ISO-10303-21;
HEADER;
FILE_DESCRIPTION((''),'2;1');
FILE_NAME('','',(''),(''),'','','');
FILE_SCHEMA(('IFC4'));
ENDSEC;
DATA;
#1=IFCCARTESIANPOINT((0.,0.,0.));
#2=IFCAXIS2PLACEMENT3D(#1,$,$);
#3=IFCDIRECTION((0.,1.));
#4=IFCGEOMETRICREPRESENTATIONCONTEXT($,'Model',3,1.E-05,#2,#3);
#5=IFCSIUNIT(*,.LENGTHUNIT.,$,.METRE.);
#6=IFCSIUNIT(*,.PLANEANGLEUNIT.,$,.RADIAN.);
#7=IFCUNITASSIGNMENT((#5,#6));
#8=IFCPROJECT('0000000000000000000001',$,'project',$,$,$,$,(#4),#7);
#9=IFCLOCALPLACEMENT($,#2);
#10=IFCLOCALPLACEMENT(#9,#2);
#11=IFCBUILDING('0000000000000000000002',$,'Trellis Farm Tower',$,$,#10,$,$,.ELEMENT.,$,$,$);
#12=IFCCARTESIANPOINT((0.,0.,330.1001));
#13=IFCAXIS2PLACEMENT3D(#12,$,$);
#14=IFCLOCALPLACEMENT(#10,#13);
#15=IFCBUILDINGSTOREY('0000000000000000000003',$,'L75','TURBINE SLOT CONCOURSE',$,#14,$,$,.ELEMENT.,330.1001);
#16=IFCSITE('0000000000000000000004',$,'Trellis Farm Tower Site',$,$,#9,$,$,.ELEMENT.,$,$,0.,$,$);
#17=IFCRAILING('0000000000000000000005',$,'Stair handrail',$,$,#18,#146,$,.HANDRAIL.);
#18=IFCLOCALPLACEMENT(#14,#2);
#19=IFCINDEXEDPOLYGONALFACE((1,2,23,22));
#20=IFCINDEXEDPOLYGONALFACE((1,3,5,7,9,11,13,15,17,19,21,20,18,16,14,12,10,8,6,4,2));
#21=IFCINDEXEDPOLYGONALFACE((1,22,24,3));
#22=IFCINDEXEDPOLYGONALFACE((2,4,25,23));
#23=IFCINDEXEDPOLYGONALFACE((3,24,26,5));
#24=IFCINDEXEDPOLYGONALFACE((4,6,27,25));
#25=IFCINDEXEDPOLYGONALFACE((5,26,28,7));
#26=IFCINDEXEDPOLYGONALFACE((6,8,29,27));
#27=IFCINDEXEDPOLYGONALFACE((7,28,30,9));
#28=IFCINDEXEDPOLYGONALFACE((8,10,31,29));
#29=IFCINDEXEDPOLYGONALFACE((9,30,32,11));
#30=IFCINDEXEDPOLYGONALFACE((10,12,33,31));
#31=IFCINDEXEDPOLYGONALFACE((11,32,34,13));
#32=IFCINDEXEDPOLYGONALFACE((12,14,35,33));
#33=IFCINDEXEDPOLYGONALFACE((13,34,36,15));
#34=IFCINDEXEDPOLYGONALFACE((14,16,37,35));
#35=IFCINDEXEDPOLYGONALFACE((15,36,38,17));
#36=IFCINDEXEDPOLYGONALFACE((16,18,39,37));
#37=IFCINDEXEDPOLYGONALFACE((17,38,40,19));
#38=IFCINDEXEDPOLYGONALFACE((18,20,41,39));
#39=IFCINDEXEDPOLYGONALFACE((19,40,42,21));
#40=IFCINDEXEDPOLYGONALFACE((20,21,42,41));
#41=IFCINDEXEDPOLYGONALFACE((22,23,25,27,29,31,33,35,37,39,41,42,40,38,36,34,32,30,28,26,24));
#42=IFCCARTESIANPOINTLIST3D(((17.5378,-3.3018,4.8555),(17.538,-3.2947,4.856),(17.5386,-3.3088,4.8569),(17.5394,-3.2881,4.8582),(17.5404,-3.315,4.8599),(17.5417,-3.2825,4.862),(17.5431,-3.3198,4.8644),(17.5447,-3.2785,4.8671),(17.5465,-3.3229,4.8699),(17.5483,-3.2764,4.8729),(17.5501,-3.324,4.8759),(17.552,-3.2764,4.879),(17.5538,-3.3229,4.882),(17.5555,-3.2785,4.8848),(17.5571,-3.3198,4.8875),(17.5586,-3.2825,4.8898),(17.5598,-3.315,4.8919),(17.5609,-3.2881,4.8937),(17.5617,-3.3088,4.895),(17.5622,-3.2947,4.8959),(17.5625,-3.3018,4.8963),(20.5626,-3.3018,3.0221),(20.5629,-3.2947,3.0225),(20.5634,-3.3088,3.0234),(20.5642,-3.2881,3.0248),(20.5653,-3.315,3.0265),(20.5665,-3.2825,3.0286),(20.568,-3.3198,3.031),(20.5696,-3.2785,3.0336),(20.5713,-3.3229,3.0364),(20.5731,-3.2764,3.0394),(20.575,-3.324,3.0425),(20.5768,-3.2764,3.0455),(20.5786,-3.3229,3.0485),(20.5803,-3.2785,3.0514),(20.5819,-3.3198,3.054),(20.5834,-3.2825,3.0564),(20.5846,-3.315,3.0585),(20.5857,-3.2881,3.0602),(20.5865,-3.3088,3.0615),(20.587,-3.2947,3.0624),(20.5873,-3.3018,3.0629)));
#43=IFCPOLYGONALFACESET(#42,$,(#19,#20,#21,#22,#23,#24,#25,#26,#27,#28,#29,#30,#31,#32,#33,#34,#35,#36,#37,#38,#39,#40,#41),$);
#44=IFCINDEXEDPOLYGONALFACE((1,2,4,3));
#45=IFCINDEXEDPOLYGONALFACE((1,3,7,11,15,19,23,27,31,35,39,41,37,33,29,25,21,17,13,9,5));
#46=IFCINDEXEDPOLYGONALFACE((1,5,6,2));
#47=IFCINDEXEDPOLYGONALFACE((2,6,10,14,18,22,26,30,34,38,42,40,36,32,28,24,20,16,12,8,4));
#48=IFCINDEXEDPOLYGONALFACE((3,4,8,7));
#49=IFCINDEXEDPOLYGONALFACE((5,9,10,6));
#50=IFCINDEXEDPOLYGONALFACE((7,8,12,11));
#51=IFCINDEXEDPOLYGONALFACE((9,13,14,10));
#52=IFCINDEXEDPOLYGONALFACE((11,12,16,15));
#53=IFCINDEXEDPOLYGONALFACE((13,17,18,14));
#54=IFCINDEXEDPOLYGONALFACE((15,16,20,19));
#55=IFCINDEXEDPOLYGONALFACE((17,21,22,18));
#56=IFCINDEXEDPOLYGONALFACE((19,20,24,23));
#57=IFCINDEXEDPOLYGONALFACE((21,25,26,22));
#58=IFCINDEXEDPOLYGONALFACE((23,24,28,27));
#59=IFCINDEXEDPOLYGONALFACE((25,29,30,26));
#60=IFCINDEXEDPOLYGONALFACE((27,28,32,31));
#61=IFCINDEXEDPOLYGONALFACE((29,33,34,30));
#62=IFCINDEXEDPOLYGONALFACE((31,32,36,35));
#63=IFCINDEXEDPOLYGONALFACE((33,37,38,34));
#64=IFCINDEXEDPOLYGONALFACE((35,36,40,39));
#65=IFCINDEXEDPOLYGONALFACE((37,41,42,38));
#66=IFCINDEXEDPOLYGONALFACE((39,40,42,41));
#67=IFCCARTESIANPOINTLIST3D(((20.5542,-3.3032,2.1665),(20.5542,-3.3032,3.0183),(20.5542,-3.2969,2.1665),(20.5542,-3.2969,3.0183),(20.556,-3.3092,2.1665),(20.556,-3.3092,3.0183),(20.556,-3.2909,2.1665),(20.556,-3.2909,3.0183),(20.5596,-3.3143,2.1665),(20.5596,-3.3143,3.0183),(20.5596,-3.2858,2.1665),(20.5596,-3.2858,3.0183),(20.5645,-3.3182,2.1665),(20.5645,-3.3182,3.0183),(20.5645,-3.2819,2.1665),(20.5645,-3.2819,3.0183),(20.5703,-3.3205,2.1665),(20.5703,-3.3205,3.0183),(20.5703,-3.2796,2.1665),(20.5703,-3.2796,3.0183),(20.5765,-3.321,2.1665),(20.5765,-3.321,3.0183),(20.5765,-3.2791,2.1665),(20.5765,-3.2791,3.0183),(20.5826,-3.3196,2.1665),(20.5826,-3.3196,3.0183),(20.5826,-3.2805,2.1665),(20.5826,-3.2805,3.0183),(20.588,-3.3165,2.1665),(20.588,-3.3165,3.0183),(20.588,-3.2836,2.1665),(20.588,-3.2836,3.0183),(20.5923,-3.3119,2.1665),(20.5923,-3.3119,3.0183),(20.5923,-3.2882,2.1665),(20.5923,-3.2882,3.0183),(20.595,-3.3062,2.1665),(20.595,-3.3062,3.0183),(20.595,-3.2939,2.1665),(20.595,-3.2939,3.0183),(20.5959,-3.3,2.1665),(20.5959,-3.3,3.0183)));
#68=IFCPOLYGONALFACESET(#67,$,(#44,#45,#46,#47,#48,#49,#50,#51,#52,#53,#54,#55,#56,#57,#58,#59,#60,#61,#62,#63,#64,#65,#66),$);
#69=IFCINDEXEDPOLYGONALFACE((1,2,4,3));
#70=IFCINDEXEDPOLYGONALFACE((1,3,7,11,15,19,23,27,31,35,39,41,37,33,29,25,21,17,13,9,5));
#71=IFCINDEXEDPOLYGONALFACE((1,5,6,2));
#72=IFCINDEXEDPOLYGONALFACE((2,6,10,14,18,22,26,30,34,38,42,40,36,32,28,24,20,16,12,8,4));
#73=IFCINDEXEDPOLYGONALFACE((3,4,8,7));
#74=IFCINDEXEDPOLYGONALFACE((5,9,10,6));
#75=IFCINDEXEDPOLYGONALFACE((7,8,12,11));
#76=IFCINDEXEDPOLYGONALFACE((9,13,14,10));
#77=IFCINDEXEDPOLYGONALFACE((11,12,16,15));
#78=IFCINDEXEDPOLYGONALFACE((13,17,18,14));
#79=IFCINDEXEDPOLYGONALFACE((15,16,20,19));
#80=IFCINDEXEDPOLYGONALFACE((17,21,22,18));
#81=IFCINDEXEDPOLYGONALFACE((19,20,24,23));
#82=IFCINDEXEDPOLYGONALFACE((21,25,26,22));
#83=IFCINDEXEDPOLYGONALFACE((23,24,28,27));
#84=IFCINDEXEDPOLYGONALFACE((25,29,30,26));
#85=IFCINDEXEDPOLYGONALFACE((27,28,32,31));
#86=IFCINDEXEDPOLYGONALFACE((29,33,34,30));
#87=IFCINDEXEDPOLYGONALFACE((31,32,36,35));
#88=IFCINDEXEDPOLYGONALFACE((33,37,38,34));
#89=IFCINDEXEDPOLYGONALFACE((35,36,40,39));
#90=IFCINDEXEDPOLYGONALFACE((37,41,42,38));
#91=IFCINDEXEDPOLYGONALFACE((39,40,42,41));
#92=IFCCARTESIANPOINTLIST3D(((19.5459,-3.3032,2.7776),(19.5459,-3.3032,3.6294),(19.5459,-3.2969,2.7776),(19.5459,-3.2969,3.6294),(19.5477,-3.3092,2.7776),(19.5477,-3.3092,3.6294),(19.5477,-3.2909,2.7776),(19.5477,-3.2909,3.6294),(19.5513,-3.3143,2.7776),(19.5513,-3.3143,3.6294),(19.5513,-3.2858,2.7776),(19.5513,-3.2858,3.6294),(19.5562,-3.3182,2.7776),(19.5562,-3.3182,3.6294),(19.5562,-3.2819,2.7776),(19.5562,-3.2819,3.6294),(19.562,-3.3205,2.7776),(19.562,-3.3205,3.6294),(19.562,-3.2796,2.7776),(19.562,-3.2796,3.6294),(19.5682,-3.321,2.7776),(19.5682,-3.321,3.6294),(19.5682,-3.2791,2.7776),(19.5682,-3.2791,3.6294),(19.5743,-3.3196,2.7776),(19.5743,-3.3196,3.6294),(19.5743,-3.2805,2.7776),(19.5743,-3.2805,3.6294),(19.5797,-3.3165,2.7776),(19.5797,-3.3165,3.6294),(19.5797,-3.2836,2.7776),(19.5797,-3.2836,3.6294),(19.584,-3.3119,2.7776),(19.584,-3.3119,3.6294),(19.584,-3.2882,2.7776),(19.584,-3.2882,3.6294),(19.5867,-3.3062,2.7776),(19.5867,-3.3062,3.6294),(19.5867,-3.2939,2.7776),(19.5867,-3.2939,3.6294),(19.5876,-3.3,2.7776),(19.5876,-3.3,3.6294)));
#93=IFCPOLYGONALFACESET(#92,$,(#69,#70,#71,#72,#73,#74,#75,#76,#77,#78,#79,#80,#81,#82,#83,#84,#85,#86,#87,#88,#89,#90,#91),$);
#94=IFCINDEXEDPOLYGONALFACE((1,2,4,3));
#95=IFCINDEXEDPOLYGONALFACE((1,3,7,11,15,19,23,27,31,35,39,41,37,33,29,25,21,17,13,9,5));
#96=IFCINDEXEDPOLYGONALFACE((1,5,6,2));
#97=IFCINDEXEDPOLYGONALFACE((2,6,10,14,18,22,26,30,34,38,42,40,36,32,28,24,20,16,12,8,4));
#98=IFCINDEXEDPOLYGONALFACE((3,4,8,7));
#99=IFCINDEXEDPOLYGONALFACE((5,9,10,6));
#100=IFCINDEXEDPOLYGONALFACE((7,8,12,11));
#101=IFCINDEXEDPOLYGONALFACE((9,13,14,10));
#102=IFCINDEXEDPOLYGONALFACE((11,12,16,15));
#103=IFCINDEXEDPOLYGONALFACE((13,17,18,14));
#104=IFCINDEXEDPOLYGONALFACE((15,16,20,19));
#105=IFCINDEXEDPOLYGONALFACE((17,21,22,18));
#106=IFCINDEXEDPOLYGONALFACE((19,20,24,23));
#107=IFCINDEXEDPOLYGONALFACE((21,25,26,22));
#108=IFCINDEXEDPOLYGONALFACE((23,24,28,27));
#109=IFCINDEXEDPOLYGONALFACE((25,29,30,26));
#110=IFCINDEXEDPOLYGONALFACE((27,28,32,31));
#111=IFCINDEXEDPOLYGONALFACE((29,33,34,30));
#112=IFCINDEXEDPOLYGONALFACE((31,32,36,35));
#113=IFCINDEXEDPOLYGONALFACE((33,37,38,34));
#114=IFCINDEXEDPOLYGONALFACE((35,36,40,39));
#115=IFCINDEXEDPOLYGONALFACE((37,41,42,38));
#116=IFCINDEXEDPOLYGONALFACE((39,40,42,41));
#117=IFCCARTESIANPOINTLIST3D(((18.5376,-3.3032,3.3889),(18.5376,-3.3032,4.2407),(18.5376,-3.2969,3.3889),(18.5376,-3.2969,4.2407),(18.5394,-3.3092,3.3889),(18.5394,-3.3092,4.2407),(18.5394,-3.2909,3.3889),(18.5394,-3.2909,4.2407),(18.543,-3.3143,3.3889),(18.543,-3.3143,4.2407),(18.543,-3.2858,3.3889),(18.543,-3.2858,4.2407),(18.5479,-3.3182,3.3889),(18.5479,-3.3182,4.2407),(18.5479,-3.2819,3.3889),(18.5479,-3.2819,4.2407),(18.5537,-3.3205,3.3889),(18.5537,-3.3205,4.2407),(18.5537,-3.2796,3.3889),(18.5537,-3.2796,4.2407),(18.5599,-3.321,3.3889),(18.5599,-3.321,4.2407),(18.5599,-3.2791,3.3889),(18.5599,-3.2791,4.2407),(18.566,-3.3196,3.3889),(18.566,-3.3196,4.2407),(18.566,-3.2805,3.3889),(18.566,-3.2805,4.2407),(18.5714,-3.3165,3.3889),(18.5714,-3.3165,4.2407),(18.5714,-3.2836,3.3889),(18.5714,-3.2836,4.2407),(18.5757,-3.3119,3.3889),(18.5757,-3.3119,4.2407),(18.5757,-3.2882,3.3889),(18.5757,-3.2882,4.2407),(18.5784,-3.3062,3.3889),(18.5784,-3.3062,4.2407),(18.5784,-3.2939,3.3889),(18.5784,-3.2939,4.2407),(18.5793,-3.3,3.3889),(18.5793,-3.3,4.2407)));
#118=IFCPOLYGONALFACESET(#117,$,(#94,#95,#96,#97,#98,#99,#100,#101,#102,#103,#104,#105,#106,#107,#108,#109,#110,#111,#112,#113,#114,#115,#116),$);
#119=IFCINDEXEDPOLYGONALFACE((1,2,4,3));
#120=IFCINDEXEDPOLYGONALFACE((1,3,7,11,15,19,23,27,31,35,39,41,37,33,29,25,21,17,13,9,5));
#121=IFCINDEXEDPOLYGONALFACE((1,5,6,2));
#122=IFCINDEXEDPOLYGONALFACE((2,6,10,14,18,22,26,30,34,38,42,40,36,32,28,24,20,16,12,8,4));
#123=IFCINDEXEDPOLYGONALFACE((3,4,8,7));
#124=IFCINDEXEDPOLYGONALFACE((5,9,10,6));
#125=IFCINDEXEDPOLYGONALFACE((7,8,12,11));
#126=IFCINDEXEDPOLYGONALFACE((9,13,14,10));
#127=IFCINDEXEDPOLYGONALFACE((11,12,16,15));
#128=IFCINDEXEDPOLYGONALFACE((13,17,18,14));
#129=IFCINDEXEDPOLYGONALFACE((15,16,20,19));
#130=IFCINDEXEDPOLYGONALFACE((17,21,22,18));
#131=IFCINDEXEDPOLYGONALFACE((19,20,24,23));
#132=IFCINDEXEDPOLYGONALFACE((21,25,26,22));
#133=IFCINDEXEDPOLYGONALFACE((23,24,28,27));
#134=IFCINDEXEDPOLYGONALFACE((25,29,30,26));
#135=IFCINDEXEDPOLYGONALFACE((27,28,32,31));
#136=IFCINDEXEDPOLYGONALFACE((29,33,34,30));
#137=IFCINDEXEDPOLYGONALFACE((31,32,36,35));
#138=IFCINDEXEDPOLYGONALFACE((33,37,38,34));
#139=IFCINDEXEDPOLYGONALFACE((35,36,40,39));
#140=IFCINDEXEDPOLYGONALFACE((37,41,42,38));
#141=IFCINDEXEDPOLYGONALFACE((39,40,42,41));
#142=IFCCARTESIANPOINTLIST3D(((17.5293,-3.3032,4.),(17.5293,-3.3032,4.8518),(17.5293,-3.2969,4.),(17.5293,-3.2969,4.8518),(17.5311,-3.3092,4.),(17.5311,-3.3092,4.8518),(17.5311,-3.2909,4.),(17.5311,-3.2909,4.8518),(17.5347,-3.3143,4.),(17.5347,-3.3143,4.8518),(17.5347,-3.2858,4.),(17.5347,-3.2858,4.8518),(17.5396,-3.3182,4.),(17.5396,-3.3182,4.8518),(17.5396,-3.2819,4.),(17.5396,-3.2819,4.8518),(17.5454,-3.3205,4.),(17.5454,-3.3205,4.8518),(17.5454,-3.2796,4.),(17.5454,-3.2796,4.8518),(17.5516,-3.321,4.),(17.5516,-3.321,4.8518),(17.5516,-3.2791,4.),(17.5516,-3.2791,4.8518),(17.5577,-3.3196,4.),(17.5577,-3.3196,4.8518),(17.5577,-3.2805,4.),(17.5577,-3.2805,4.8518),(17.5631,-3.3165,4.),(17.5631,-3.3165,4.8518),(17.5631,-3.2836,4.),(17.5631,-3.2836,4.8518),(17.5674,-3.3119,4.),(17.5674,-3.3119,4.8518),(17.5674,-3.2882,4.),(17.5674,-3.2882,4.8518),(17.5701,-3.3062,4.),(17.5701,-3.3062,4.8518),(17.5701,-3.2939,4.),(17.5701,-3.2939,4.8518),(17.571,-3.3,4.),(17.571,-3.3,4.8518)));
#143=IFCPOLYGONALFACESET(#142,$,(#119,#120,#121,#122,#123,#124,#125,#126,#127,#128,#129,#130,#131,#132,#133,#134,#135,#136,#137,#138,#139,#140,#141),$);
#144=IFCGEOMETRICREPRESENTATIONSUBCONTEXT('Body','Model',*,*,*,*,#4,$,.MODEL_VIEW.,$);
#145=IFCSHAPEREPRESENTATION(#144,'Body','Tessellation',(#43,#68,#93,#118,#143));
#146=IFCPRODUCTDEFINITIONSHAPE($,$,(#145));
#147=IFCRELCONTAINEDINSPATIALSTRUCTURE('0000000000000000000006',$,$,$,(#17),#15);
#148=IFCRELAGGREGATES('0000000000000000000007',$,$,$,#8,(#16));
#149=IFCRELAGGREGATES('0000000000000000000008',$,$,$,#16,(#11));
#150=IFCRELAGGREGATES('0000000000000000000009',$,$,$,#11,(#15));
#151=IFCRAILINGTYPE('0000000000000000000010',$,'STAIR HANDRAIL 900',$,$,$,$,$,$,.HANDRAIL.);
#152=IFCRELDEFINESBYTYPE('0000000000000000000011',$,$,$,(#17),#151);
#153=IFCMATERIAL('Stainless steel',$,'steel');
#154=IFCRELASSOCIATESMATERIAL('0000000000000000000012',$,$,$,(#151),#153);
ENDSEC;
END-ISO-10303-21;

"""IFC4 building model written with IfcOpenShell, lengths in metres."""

from ifc_helpers import new_model, si_unit, direction, frame, origin, origin_2d, place, context, subcontext, project, spatial, circle, extrude, source, transform, mapped, material, type_object, element, save


model = new_model("IFC4")

# Units and contexts
model_context = context("Model", 3, precision=1e-05, world=origin(), true_north=direction((0.0, 1.0)))
body_context = subcontext(model_context, "Body", "Model", "MODEL_VIEW")
ifc_project = project(units=[si_unit("LENGTHUNIT", "METRE"), si_unit("PLANEANGLEUNIT", "RADIAN")], contexts=[model_context])

# Site, building, storey
site_placement = place(None, origin())
site = spatial("IfcSite", under=ifc_project, at=site_placement, Name="Trellis Farm Tower Site", CompositionType="ELEMENT", RefElevation=0.0)
building_placement = place(site_placement, origin())
building = spatial("IfcBuilding", under=site, at=building_placement, Name="Trellis Farm Tower", CompositionType="ELEMENT")
storey_placement = place(building_placement, frame((0.0, 0.0, 330.1001)))
storey = spatial("IfcBuildingStorey", under=building, at=storey_placement, Name="L75", Description="TURBINE SLOT CONCOURSE", CompositionType="ELEMENT", Elevation=330.1001)

# Railing
ifc_material_1 = material(Name="Stainless steel", Category="steel")
railing_type_1 = type_object("IfcRailingType", Name="STAIR HANDRAIL 900", PredefinedType="HANDRAIL", material=ifc_material_1)
shared_shape_1 = source(origin(), body_context, "Body", "SweptSolid", [
    extrude(circle(Radius=0.0239, at=origin_2d()), frame((0.0, 0.0, 0.876), z_axis=(-0.85517, 0.0, 0.518348), x_axis=(0.0, -1.0, 0.0)), (0.0, 0.0, 1.0), 3.5371),
    extrude(circle(Radius=0.021, at=origin_2d()), origin(), (0.0, 0.0, 1.0), 0.8518),
    extrude(circle(Radius=0.021, at=origin_2d()), frame((-1.0083, 0.0, 0.6111)), (0.0, 0.0, 1.0), 0.8518),
    extrude(circle(Radius=0.021, at=origin_2d()), frame((-2.0166, 0.0, 1.2224)), (0.0, 0.0, 1.0), 0.8518),
    extrude(circle(Radius=0.021, at=origin_2d()), frame((-3.0249, 0.0, 1.8335)), (0.0, 0.0, 1.0), 0.8518),
])
for number, where, name in (
    (1, (20.575, -3.3, 2.1665), "Stair handrail"),
):
    element("IfcRailing", number, at=place(storey_placement, frame(where)), inside=storey, type_object=railing_type_1, Name=name, PredefinedType="HANDRAIL", context=body_context, shape_type="MappedRepresentation", body=[
        mapped(shared_shape_1, transform((0.0, 0.0, 0.0))),
    ])

save(model, "model.ifc")
